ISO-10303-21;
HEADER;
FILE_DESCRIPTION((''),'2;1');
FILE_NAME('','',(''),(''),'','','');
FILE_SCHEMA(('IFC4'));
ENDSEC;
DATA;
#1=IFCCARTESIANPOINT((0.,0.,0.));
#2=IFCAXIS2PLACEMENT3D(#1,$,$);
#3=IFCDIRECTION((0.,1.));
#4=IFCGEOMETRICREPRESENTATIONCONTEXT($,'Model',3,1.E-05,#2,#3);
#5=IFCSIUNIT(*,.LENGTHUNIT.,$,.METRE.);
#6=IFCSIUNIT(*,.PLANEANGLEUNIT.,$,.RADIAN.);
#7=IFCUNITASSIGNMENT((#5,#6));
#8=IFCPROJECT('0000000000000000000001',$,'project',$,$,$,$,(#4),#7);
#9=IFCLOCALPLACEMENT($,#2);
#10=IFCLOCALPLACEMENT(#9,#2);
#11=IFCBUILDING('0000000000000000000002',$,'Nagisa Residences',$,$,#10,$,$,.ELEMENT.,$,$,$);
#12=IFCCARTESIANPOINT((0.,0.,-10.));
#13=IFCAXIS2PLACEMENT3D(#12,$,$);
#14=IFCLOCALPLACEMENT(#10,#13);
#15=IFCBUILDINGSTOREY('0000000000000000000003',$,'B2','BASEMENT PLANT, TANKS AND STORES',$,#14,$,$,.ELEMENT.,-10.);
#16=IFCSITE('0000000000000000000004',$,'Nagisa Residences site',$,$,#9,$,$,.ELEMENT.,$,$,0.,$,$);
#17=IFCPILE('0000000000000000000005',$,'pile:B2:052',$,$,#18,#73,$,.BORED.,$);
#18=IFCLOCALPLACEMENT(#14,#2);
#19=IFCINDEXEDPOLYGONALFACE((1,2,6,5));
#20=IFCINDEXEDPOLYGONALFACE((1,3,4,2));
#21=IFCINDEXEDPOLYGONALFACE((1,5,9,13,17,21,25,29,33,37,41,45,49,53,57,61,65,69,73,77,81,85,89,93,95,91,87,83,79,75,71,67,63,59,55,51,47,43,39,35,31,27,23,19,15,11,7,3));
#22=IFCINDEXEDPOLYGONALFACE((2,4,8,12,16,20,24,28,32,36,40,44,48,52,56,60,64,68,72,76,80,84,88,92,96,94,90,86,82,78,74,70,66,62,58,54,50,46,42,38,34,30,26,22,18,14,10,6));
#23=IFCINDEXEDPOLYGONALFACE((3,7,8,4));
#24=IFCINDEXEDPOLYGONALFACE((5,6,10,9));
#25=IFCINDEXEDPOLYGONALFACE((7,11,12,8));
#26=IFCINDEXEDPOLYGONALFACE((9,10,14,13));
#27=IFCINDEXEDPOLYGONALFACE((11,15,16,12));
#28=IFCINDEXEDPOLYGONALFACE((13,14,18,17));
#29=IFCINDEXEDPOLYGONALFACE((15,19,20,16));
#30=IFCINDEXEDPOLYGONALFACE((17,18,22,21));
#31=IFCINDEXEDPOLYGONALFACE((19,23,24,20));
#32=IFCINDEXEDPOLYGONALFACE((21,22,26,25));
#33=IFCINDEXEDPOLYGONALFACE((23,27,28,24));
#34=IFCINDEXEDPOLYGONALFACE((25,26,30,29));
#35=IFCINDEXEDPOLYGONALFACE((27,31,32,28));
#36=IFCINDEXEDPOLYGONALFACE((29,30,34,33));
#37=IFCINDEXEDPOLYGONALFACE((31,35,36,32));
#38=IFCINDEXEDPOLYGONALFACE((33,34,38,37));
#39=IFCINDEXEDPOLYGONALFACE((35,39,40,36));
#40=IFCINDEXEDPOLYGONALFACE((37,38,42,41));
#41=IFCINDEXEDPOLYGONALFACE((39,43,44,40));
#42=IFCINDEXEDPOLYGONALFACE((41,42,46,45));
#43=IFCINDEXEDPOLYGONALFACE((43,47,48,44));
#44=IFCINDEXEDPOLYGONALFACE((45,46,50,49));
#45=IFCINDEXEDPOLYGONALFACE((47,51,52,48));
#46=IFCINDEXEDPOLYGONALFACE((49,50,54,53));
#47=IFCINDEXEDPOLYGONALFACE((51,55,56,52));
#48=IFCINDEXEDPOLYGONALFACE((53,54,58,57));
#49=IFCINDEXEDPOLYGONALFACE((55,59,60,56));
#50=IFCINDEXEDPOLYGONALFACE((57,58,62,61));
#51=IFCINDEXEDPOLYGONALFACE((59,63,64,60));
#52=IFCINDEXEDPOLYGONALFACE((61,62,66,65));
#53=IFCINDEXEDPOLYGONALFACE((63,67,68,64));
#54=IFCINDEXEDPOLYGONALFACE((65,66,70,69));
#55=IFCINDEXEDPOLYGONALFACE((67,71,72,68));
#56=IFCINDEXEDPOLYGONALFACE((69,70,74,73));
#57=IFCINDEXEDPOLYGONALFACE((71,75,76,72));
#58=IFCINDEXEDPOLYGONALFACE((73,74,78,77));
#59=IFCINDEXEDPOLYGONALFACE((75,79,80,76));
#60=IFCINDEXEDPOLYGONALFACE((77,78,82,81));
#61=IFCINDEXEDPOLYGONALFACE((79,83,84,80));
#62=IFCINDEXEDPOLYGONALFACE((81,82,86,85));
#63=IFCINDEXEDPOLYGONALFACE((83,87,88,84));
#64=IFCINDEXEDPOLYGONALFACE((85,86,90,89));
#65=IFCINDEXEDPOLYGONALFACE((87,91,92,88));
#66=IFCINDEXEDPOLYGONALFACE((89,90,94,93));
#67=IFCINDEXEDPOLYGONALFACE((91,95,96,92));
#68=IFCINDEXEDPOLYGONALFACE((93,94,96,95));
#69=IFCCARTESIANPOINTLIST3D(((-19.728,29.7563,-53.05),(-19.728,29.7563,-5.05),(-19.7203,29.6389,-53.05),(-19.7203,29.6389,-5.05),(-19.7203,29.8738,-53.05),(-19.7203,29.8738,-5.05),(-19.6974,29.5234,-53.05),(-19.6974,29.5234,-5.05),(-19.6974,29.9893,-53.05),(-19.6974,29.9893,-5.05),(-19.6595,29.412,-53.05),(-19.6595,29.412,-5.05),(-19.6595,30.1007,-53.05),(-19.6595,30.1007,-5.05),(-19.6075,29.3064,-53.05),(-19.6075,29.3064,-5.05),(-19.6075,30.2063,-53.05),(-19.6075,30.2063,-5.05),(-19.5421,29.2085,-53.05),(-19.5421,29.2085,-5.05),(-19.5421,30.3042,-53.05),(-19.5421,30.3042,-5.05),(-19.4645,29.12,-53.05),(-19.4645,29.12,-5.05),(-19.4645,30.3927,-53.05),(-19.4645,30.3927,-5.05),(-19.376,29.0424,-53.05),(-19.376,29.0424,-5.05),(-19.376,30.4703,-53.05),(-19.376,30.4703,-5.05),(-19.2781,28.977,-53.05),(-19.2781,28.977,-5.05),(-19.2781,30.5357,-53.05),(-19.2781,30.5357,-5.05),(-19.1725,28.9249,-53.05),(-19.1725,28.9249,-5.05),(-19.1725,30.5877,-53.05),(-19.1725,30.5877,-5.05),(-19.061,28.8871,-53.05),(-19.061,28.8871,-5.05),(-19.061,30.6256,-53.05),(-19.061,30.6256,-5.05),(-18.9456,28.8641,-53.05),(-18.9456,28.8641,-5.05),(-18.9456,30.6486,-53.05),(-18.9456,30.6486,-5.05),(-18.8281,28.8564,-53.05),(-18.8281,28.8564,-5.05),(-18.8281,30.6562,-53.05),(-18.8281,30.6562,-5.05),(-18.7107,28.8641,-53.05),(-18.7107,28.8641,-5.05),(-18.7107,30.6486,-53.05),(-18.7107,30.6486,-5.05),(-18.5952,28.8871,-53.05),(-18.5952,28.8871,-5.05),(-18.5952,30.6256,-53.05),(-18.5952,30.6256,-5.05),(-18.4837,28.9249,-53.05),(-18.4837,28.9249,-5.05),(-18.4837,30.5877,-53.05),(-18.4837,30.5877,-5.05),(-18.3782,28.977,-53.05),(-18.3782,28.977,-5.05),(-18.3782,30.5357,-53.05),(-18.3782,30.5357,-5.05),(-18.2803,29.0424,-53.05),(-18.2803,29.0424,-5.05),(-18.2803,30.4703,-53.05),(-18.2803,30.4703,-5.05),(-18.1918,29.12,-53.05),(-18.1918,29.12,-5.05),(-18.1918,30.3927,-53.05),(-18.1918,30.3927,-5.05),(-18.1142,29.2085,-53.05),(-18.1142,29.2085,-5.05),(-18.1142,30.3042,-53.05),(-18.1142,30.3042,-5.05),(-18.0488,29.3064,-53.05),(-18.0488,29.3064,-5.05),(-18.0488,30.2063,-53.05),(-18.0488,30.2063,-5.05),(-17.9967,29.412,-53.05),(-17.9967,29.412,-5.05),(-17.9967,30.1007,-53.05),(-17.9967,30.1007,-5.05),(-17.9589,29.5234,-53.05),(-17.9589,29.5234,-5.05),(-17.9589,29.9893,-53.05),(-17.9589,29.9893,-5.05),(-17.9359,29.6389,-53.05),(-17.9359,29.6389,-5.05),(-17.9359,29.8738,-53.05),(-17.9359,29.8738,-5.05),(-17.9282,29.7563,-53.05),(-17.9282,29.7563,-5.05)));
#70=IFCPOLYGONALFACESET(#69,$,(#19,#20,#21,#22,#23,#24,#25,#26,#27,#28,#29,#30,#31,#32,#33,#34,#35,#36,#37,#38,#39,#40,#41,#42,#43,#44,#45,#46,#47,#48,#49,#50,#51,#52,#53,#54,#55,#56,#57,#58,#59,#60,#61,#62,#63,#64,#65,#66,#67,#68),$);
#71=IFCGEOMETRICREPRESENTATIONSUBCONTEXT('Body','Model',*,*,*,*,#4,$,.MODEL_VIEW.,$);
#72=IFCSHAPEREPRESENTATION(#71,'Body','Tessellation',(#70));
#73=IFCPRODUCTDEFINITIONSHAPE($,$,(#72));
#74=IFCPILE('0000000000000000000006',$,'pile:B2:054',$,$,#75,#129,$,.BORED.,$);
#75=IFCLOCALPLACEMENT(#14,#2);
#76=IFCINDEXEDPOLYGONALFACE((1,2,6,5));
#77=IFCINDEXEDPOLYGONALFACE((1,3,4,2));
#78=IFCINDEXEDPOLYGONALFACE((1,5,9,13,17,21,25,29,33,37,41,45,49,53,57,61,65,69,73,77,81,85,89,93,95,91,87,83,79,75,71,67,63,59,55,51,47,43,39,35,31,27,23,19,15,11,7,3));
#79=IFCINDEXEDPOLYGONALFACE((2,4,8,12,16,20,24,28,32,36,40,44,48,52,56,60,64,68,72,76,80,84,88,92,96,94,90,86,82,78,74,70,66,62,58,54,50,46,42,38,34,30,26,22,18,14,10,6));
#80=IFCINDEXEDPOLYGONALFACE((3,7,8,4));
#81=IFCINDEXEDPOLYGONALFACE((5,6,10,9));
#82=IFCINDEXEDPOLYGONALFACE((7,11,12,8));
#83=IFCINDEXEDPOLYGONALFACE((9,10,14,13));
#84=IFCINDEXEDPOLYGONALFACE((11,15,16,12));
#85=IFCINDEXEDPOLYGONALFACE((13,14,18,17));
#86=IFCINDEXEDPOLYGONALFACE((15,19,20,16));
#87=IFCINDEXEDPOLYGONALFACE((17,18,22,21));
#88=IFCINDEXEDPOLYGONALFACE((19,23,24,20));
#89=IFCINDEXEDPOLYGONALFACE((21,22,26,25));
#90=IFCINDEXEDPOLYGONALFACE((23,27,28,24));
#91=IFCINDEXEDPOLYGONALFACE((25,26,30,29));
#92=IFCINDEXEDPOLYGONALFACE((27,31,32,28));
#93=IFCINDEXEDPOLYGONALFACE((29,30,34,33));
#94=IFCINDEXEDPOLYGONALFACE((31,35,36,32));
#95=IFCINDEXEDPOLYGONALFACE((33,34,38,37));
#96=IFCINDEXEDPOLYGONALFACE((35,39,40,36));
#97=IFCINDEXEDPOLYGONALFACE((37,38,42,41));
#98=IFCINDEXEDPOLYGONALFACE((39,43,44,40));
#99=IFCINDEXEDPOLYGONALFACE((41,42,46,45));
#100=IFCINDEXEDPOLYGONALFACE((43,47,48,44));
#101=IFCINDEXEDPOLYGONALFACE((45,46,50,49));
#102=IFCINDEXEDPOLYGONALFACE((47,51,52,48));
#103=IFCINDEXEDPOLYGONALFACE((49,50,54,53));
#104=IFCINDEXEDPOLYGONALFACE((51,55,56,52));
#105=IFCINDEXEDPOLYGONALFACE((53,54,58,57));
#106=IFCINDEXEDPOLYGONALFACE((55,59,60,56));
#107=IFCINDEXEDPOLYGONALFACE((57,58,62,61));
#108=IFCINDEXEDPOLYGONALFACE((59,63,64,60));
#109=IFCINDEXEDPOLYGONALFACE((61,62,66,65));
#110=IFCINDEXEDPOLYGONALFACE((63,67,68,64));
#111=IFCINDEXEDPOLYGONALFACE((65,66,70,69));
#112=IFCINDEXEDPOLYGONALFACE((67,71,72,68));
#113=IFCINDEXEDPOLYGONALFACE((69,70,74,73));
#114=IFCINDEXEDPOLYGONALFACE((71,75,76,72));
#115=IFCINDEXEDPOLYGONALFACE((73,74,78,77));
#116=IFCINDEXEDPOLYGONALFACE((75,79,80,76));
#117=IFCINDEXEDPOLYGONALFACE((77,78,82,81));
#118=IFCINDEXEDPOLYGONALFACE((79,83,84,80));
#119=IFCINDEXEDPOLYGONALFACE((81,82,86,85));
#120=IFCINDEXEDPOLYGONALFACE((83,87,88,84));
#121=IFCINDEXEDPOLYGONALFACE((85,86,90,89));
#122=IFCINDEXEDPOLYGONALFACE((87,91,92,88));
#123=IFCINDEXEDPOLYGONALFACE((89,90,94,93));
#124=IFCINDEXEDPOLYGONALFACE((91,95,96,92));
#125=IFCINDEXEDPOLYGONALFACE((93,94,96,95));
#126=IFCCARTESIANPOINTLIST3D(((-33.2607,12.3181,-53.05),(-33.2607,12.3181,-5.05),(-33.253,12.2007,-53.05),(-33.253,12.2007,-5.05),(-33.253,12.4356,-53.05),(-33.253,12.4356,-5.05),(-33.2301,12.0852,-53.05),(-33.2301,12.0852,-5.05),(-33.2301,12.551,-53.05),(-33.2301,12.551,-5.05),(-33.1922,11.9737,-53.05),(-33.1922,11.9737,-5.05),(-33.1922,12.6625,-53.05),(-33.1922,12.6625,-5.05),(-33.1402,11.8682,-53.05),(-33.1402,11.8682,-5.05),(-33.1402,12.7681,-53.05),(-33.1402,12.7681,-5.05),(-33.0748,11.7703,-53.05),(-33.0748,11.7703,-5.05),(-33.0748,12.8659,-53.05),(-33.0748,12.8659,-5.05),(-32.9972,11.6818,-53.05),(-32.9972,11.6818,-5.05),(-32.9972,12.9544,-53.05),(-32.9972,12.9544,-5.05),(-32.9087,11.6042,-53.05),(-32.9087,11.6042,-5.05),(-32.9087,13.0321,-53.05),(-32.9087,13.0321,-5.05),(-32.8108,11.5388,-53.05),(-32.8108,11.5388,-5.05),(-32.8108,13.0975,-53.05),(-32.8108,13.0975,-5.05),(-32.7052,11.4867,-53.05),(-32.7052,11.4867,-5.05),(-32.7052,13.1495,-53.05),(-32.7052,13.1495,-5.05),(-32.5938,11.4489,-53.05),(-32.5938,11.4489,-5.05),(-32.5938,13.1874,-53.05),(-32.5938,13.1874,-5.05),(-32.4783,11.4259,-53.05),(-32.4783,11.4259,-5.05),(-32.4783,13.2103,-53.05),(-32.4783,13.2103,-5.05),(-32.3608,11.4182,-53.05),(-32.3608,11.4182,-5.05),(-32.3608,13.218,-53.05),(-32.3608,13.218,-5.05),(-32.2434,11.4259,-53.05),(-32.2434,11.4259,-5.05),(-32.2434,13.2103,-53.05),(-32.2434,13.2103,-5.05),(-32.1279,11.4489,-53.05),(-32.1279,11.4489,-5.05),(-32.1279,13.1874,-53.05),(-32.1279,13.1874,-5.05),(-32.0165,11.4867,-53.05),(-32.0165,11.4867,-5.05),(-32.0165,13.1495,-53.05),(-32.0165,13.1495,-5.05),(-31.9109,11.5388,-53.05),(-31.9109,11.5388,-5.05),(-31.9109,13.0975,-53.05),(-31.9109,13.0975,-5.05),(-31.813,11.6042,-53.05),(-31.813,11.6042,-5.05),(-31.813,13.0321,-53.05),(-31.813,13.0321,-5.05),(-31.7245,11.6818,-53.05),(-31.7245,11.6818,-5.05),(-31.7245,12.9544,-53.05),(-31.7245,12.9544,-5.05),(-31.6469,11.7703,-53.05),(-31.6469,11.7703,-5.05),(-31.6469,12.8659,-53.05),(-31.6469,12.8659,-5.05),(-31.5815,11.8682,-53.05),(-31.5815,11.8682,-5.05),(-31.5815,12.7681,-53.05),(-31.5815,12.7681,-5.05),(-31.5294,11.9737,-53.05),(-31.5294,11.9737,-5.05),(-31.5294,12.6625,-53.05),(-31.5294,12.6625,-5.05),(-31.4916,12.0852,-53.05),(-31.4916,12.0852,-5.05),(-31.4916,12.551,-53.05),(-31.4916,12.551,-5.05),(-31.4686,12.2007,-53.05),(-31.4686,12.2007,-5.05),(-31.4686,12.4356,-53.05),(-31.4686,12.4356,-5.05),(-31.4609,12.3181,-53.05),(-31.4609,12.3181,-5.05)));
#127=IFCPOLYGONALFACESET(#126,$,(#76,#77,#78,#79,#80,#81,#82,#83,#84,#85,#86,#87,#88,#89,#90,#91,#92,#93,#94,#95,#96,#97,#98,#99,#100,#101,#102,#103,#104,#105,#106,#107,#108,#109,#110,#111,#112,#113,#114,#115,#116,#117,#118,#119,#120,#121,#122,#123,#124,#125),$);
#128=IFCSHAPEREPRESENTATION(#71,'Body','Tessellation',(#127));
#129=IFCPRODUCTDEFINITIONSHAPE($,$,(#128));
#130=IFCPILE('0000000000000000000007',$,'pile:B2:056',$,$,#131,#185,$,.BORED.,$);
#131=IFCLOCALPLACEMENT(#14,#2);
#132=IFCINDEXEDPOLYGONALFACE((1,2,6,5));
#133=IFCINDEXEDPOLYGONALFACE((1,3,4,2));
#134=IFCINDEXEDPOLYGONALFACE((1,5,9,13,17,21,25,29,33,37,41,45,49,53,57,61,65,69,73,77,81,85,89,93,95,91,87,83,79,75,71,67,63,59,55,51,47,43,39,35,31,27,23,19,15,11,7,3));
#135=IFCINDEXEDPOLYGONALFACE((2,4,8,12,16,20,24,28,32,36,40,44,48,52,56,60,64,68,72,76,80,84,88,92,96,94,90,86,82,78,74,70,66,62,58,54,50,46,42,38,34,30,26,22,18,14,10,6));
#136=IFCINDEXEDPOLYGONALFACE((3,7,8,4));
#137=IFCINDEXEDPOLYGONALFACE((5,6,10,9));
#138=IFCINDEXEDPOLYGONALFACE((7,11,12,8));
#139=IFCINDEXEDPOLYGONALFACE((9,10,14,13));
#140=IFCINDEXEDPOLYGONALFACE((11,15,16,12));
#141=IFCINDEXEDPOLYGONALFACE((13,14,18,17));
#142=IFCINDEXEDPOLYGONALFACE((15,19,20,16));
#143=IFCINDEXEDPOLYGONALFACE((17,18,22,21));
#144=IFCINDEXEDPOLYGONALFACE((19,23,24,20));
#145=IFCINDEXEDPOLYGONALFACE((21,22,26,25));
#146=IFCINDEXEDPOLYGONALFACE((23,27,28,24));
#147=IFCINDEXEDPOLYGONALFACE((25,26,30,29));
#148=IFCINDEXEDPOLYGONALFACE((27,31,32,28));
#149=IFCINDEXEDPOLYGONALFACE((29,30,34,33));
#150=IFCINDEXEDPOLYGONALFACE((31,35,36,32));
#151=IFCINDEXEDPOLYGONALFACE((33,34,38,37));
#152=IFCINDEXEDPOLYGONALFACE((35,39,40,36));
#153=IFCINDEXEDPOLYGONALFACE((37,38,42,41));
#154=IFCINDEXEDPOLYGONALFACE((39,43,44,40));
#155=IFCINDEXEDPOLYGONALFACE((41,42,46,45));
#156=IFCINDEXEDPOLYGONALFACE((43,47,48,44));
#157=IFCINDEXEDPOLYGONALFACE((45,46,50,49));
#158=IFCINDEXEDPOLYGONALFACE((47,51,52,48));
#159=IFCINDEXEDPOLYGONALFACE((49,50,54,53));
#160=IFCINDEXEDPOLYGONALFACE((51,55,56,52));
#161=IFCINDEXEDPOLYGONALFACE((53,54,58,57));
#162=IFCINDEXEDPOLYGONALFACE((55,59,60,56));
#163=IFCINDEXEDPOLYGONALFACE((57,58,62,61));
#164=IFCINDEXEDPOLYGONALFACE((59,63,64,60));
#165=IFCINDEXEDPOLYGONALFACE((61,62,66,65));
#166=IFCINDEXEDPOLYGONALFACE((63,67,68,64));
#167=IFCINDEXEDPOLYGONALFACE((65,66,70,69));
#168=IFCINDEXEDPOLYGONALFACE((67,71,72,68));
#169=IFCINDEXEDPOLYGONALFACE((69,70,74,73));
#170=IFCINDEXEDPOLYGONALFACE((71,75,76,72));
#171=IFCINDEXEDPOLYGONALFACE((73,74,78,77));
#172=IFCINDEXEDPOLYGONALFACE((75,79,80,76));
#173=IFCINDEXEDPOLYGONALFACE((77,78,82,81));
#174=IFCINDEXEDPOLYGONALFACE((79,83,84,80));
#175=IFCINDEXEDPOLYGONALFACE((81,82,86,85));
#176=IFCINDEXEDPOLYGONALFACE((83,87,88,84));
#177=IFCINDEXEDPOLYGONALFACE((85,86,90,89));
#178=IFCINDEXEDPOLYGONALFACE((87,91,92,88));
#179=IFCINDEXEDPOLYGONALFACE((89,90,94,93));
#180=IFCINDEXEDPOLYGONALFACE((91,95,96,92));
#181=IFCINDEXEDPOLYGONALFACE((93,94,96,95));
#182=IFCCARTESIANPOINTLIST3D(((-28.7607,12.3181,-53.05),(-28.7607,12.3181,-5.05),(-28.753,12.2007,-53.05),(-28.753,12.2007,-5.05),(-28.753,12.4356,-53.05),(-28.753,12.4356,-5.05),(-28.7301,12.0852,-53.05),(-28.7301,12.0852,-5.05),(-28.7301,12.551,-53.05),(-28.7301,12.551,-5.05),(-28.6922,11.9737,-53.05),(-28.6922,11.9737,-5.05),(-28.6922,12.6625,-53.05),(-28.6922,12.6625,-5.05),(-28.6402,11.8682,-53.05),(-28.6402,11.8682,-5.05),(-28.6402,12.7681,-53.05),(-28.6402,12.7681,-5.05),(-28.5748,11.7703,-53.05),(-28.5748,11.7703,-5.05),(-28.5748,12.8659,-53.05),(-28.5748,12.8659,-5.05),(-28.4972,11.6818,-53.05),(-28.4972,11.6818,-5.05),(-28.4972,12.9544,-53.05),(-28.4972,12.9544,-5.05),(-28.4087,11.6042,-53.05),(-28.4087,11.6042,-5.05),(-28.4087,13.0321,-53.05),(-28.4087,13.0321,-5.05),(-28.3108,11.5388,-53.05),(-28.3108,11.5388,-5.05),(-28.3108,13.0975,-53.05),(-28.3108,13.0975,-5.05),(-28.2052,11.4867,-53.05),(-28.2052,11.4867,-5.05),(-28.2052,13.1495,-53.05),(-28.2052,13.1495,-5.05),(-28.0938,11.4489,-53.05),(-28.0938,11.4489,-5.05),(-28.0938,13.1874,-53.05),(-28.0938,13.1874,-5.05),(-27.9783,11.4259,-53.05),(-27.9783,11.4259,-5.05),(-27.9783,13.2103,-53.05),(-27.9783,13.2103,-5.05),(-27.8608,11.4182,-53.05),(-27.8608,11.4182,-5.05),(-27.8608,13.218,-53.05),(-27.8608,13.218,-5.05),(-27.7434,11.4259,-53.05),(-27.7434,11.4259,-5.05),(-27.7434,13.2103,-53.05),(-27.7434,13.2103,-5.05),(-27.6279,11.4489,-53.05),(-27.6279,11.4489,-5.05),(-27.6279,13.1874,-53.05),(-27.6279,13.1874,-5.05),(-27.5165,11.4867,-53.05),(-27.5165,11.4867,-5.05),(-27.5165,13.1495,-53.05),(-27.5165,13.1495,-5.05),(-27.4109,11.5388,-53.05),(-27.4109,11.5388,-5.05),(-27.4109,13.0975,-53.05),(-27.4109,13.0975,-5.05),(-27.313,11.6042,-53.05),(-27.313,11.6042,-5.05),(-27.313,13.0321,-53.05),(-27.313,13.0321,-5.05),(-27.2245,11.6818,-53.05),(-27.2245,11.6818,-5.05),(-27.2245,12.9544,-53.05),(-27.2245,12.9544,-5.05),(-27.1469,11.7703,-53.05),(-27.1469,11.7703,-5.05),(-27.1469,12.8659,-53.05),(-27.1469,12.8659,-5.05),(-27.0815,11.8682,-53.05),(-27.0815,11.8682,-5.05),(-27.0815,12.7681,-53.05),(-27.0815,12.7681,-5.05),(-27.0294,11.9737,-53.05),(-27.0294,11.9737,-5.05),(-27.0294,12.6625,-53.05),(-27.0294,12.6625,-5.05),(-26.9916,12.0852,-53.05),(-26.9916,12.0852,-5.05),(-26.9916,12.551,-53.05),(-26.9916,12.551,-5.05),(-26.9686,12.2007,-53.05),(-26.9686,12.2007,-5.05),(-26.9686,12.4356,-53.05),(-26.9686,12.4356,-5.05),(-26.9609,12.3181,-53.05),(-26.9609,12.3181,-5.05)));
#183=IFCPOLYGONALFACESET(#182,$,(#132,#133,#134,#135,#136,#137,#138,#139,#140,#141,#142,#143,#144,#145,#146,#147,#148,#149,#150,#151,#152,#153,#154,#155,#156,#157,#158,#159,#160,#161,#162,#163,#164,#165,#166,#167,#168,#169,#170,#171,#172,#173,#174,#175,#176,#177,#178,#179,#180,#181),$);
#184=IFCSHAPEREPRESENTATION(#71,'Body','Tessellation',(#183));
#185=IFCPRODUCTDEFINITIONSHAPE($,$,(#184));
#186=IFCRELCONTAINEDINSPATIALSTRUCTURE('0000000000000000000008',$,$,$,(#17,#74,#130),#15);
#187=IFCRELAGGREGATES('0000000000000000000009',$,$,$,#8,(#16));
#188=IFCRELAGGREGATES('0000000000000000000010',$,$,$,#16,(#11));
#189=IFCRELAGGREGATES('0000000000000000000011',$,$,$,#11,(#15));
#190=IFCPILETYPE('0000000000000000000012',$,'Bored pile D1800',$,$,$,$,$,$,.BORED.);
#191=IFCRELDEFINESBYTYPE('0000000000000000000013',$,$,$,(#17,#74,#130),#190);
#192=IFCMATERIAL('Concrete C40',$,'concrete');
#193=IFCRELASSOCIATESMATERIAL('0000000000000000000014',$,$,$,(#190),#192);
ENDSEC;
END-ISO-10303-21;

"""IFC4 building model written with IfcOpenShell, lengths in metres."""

from ifc_helpers import new_model, si_unit, direction, frame, origin, origin_2d, place, context, subcontext, project, spatial, circle, extrude, material, material_profile, profile_set, type_object, element, save


model = new_model("IFC4")

# Units and contexts
model_context = context("Model", 3, precision=1e-05, world=origin(), true_north=direction((0.0, 1.0)))
body_context = subcontext(model_context, "Body", "Model", "MODEL_VIEW")
ifc_project = project(units=[si_unit("LENGTHUNIT", "METRE"), si_unit("PLANEANGLEUNIT", "RADIAN")], contexts=[model_context])

# Site, building, storey
site_placement = place(None, origin())
site = spatial("IfcSite", under=ifc_project, at=site_placement, Name="Nagisa Residences site", CompositionType="ELEMENT", RefElevation=0.0)
building_placement = place(site_placement, origin())
building = spatial("IfcBuilding", under=site, at=building_placement, Name="Nagisa Residences", CompositionType="ELEMENT")
storey_placement = place(building_placement, frame((0.0, 0.0, -10.0)))
storey = spatial("IfcBuildingStorey", under=building, at=storey_placement, Name="B2", Description="BASEMENT PLANT, TANKS AND STORES", CompositionType="ELEMENT", Elevation=-10.0)

# Piles
ifc_material_1 = material(Name="Concrete C40", Category="concrete")
ifc_material_profile_1 = material_profile(ifc_material_1, circle(Radius=0.8999, at=origin_2d()), Name="Bored pile D1800")
ifc_profile_set_1 = profile_set([ifc_material_profile_1], Name="Concrete C40")
pile_type = type_object("IfcPileType", Name="Bored pile D1800", PredefinedType="BORED", material=ifc_profile_set_1)
for number, where, z_axis, x_axis, name in (
    (1, (-18.8281, 29.7563, -5.05), (0.0, 0.0, -1.0), (1.0, 0.0, 0.0), "pile:B2:052"),
    (2, (-32.3608, 12.3181, -5.05), (0.0, 0.0, -1.0), (1.0, 0.0, 0.0), "pile:B2:054"),
    (3, (-27.8608, 12.3181, -5.05), (0.0, 0.0, -1.0), (1.0, 0.0, 0.0), "pile:B2:056"),
):
    element("IfcPile", number, at=place(storey_placement, frame(where, z_axis=z_axis, x_axis=x_axis)), inside=storey, type_object=pile_type, Name=name, PredefinedType="BORED", context=body_context, shape_type="SweptSolid", body=[
        extrude(circle(Radius=0.8999, at=origin_2d()), origin(), (0.0, 0.0, 1.0), 48.0),
    ])

save(model, "model.ifc")
